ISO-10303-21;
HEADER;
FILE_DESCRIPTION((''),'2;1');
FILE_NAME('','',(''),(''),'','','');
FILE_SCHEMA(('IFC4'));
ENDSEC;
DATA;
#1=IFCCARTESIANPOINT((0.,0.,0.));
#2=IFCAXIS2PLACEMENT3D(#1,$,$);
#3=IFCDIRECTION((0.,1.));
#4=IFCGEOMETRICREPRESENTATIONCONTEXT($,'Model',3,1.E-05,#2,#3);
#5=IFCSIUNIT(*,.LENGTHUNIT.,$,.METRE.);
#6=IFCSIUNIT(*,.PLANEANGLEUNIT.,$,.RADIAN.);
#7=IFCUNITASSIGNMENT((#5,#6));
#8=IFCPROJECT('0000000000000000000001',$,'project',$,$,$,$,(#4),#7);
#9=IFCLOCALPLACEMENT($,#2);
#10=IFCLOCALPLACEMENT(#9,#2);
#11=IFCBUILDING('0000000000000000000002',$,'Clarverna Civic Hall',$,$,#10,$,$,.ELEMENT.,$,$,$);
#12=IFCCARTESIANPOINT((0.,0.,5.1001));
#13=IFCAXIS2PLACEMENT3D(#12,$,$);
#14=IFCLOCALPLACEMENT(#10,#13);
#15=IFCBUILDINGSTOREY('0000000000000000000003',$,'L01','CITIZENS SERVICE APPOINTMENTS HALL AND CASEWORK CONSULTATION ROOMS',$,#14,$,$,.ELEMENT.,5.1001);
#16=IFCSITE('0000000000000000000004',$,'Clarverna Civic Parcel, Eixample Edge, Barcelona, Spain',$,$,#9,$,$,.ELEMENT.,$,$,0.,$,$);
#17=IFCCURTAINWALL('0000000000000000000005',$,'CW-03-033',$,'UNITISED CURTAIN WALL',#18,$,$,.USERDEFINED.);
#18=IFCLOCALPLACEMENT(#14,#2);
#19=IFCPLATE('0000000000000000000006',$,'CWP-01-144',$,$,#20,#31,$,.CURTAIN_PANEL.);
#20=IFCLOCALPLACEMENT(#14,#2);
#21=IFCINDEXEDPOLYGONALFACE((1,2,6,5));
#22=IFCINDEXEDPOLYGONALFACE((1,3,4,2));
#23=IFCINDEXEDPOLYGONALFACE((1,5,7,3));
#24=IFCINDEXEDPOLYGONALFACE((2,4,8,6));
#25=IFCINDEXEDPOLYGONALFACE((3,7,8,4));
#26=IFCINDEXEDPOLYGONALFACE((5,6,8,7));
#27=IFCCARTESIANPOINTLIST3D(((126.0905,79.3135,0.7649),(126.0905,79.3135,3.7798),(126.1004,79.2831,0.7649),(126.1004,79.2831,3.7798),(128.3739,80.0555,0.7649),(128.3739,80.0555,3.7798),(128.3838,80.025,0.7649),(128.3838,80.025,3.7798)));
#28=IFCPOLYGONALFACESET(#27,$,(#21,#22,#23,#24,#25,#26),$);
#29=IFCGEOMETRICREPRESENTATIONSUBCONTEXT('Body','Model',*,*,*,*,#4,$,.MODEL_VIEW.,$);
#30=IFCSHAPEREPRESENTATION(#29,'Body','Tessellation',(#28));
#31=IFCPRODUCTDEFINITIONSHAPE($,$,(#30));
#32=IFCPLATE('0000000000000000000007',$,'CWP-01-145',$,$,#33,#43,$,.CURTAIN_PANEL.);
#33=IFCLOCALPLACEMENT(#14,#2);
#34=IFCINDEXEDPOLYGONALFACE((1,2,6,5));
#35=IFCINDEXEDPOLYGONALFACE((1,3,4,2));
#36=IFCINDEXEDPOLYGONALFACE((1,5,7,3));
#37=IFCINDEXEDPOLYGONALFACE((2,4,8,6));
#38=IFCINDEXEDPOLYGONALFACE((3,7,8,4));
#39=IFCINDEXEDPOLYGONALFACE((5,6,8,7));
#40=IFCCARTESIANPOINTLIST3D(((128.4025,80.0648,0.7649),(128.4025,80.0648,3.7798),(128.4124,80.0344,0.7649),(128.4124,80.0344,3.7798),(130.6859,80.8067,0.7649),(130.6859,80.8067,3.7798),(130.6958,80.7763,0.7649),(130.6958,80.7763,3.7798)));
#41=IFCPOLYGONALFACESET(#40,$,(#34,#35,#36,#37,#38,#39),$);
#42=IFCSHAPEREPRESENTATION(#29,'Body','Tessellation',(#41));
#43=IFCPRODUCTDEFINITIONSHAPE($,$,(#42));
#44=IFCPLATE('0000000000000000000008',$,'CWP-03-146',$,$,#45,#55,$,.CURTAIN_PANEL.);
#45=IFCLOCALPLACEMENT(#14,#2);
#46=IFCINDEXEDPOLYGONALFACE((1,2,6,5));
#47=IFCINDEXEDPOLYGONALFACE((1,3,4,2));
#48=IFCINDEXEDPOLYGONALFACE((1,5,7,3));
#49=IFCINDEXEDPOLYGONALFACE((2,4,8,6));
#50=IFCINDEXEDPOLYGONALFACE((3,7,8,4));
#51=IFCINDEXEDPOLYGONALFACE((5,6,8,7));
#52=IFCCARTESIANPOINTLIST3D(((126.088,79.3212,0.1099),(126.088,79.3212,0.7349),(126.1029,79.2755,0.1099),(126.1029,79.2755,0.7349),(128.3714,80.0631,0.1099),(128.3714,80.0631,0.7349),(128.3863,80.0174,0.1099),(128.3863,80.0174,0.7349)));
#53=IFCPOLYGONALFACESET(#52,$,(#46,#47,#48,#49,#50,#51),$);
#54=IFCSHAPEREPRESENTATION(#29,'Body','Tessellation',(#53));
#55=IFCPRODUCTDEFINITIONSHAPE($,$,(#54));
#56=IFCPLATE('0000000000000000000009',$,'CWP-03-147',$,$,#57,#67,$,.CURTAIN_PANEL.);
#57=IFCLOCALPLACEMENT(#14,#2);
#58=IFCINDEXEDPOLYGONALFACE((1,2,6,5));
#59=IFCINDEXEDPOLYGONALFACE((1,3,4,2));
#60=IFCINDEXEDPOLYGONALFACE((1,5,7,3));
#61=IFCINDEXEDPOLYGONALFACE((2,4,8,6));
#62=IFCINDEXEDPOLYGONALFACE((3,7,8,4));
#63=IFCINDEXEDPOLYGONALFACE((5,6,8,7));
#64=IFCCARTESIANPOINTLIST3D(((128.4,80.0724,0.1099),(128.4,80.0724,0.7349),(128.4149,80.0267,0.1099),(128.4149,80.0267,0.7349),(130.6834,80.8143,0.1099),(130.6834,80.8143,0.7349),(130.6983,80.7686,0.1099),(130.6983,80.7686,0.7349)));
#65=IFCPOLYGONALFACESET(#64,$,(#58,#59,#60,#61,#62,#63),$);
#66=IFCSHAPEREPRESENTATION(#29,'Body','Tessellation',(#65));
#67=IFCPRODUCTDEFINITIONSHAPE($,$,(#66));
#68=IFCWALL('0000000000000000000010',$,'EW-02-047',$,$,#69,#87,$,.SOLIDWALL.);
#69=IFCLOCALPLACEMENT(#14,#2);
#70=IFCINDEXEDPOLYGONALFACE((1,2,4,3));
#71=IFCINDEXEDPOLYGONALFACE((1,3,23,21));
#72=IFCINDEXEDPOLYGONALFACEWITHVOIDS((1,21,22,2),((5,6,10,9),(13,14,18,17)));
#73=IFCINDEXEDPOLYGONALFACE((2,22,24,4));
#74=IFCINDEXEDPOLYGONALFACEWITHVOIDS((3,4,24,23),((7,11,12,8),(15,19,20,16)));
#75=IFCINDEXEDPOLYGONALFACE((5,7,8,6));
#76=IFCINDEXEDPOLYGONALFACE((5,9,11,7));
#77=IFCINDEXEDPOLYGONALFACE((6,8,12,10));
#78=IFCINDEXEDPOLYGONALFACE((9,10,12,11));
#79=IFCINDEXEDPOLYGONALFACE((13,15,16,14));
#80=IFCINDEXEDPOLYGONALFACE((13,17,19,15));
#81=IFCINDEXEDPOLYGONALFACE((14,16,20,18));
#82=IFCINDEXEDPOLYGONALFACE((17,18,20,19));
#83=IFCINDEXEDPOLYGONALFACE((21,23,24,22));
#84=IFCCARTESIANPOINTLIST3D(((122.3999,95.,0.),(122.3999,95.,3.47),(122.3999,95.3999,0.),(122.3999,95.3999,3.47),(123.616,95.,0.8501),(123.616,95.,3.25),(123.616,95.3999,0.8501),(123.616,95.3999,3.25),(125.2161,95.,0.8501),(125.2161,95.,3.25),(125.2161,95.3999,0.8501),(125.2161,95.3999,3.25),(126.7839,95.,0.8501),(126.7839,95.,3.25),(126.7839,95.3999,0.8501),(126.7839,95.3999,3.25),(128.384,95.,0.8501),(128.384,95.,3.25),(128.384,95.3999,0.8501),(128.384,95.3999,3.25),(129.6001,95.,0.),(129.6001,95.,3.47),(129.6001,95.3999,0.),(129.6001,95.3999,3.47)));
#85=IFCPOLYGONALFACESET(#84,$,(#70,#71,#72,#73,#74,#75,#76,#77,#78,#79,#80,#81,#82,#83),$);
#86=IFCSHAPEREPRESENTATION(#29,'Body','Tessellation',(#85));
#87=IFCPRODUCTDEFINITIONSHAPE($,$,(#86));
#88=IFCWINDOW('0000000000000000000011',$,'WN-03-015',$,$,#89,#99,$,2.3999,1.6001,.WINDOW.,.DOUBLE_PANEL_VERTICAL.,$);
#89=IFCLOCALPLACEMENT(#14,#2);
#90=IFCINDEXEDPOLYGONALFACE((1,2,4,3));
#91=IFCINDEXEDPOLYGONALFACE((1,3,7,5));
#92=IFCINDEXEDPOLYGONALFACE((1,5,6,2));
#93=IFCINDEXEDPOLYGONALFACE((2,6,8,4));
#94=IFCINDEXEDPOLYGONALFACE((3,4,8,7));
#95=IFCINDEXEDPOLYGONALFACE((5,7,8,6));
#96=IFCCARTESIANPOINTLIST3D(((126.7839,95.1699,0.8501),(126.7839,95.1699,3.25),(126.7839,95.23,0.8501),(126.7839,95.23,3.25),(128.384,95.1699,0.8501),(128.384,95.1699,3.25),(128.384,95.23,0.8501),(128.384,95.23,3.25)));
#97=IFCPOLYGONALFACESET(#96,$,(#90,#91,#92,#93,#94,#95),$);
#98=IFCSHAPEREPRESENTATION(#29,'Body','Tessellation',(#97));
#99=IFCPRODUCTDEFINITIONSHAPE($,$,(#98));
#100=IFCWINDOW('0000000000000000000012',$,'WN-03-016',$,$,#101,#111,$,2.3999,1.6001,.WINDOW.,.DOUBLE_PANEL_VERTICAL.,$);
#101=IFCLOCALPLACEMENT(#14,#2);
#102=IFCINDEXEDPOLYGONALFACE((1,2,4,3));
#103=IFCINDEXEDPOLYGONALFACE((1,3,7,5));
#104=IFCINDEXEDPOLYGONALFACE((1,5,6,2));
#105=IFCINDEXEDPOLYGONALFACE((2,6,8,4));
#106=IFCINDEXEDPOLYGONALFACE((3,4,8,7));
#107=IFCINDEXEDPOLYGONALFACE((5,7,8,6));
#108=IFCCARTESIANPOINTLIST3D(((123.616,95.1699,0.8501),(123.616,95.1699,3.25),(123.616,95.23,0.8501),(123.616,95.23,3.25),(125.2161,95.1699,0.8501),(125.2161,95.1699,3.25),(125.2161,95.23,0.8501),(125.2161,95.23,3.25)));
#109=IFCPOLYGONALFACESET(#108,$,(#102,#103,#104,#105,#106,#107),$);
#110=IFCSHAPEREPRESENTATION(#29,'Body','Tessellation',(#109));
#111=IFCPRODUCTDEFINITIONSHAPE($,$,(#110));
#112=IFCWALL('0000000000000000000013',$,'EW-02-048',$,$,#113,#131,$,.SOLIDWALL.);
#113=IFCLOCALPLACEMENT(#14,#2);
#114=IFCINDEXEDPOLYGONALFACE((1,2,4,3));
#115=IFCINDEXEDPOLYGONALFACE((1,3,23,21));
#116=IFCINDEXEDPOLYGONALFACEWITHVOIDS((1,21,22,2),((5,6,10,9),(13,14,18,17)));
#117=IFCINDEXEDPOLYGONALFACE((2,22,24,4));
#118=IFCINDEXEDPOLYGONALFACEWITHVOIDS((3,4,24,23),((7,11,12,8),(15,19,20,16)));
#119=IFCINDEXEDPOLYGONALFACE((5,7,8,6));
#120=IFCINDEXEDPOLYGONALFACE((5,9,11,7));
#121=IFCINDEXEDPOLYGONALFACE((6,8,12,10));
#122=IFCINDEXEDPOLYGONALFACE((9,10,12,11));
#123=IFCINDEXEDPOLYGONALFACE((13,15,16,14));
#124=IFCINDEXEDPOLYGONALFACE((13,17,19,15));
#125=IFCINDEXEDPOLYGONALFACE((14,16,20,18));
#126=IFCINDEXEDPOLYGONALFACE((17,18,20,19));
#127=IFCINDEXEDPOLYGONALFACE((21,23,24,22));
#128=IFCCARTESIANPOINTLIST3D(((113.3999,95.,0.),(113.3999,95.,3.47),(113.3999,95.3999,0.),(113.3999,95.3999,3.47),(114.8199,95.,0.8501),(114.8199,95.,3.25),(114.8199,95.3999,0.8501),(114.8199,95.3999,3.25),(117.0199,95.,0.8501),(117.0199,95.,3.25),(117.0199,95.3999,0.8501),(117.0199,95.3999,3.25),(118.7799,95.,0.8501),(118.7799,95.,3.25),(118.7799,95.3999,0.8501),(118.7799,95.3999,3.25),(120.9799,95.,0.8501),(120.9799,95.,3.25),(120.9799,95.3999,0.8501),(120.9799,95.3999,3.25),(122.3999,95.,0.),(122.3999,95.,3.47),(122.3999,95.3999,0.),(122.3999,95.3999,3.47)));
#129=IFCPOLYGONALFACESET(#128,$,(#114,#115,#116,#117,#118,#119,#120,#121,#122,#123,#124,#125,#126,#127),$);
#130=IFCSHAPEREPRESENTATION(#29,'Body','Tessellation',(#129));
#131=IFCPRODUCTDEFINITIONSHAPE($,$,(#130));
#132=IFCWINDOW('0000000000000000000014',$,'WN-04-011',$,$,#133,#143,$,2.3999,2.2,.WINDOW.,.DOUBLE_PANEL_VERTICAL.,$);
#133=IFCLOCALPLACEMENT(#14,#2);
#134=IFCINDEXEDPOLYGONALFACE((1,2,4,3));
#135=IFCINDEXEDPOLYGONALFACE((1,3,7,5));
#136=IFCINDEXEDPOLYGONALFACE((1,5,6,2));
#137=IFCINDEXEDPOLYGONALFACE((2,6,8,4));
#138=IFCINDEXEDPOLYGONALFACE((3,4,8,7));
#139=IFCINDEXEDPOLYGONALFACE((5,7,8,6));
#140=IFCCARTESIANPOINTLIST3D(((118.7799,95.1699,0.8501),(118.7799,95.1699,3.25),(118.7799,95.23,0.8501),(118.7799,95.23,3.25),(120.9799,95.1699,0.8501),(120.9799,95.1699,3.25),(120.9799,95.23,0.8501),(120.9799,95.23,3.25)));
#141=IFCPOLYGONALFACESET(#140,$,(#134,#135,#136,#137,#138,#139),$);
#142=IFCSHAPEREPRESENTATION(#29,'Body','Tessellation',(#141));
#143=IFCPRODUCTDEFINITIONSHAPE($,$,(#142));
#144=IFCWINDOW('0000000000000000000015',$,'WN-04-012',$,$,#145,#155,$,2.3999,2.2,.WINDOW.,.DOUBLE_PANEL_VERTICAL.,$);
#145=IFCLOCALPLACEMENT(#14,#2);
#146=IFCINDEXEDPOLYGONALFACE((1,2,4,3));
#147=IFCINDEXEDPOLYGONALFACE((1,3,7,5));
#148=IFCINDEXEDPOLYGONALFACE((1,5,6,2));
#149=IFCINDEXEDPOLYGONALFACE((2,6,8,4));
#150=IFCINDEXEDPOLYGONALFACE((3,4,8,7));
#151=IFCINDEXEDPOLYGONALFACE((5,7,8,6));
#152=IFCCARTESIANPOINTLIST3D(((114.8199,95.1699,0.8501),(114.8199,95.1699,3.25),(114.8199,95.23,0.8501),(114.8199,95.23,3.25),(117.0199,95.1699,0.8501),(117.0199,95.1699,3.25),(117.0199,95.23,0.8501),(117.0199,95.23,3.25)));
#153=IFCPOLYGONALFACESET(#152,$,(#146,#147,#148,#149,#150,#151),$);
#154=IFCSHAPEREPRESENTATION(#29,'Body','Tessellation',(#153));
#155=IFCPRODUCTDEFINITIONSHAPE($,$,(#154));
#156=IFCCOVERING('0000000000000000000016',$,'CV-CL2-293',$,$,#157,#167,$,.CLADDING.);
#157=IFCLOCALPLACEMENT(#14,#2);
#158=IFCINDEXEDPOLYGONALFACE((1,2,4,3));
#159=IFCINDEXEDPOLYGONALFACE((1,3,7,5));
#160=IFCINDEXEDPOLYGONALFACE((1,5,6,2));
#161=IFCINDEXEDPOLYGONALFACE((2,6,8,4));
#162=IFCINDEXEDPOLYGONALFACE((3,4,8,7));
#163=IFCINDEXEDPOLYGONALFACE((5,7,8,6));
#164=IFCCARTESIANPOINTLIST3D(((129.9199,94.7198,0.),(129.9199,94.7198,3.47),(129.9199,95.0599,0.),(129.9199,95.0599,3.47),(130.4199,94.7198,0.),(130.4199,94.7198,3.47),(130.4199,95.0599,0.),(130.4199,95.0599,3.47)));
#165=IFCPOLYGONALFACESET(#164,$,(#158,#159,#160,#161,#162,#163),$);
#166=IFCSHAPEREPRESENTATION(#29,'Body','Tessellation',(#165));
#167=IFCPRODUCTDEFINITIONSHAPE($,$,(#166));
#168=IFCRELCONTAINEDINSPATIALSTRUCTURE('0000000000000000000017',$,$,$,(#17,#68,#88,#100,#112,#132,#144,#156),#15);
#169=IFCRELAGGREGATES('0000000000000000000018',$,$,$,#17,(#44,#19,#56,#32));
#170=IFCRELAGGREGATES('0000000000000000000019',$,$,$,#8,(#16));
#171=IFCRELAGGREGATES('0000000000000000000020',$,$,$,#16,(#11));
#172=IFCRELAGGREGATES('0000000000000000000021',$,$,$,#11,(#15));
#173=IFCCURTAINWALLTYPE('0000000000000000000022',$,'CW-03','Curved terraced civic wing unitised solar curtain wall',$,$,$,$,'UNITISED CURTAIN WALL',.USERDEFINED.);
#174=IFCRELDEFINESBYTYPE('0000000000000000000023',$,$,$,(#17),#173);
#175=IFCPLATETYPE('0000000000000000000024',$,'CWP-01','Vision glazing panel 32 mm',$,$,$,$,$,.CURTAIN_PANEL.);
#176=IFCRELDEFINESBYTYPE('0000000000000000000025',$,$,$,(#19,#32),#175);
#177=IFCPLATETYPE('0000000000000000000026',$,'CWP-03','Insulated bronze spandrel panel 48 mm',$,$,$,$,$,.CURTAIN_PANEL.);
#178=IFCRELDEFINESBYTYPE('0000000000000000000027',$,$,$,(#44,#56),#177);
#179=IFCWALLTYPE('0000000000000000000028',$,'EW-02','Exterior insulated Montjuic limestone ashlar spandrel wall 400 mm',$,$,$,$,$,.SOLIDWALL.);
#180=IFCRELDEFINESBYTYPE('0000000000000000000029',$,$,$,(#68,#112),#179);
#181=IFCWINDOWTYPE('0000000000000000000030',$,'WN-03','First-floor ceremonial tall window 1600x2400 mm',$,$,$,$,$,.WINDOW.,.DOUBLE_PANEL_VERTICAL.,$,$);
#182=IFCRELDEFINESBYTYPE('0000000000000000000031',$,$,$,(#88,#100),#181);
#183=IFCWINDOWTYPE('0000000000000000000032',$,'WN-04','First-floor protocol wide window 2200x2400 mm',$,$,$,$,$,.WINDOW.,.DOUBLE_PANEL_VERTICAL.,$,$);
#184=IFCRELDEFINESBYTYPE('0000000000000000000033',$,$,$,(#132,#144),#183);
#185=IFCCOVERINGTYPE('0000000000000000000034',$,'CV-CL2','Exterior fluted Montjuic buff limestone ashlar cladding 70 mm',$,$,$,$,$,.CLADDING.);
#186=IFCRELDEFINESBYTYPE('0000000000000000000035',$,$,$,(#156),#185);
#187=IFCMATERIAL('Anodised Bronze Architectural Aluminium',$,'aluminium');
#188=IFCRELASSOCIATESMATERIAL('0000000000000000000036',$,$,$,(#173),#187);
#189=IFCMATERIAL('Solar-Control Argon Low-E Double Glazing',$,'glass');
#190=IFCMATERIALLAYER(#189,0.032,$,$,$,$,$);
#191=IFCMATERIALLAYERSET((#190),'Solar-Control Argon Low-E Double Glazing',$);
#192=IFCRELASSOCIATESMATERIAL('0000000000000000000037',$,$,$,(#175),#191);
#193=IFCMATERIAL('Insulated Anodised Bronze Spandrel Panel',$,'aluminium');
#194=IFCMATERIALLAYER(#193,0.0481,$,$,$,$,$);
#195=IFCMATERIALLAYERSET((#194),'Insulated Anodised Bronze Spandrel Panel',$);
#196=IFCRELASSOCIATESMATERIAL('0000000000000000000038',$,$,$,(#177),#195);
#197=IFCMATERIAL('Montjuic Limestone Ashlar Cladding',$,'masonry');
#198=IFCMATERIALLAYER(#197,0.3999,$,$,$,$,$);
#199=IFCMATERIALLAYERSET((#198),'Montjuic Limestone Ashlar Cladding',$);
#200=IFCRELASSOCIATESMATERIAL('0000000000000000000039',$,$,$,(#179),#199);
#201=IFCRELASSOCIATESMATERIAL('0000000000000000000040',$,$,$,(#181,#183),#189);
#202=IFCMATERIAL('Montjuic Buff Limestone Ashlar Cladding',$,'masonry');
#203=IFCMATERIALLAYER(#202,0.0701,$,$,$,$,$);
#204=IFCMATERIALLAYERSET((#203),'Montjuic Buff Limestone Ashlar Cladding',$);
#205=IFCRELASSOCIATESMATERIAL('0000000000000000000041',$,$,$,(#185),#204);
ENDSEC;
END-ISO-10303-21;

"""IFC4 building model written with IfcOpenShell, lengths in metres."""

from ifc_helpers import new_model, si_unit, direction, frame, frame_2d, origin, place, context, subcontext, project, spatial, rectangle, extrude, material, layer, layer_set, type_object, element, fill, aggregate, save


model = new_model("IFC4")

# Units and contexts
model_context = context("Model", 3, precision=1e-05, world=origin(), true_north=direction((0.0, 1.0)))
body_context = subcontext(model_context, "Body", "Model", "MODEL_VIEW")
ifc_project = project(units=[si_unit("LENGTHUNIT", "METRE"), si_unit("PLANEANGLEUNIT", "RADIAN")], contexts=[model_context])

# Site, building, storey
site_placement = place(None, origin())
site = spatial("IfcSite", under=ifc_project, at=site_placement, Name="Clarverna Civic Parcel, Eixample Edge, Barcelona, Spain", CompositionType="ELEMENT", RefElevation=0.0)
building_placement = place(site_placement, origin())
building = spatial("IfcBuilding", under=site, at=building_placement, Name="Clarverna Civic Hall", CompositionType="ELEMENT")
storey_placement = place(building_placement, frame((0.0, 0.0, 5.1001)))
storey = spatial("IfcBuildingStorey", under=building, at=storey_placement, Name="L01", Description="CITIZENS SERVICE APPOINTMENTS HALL AND CASEWORK CONSULTATION ROOMS", CompositionType="ELEMENT", Elevation=5.1001)

# Curtain wall
ifc_material_1 = material(Name="Anodised Bronze Architectural Aluminium", Category="aluminium")
curtain_wall_type = type_object("IfcCurtainWallType", Name="CW-03", Description="Curved terraced civic wing unitised solar curtain wall", ElementType="UNITISED CURTAIN WALL", PredefinedType="USERDEFINED", material=ifc_material_1)
curtain_wall_1_placement = place(storey_placement, origin())
curtain_wall_1 = element("IfcCurtainWall", 1, at=curtain_wall_1_placement, inside=storey, type_object=curtain_wall_type, Name="CW-03-033", ObjectType="UNITISED CURTAIN WALL", PredefinedType="USERDEFINED")

# Plates
ifc_material_2 = material(Name="Solar-Control Argon Low-E Double Glazing", Category="glass")
ifc_layer_1 = layer(ifc_material_2, 0.032)
ifc_layer_set_1 = layer_set([ifc_layer_1], Name="Solar-Control Argon Low-E Double Glazing")
plate_type_1 = type_object("IfcPlateType", Name="CWP-01", Description="Vision glazing panel 32 mm", PredefinedType="CURTAIN_PANEL", material=ifc_layer_set_1)
plate_1_placement = place(storey_placement, frame((126.0955, 79.2983, 0.7649), z_axis=(0.0, 0.0, 1.0), x_axis=(0.951056, 0.309019, 0.0)))
plate_1 = element("IfcPlate", 2, at=plate_1_placement, type_object=plate_type_1, Name="CWP-01-144", PredefinedType="CURTAIN_PANEL", context=body_context, shape_type="SweptSolid", body=[
    extrude(rectangle(XDim=2.4009, YDim=0.032, at=frame_2d((1.2004, 0.0))), origin(), (0.0, 0.0, 1.0), 3.0149),
])
plate_2_placement = place(storey_placement, frame((128.4075, 80.0496, 0.7649), z_axis=(0.0, 0.0, 1.0), x_axis=(0.951056, 0.309019, 0.0)))
plate_2 = element("IfcPlate", 3, at=plate_2_placement, type_object=plate_type_1, Name="CWP-01-145", PredefinedType="CURTAIN_PANEL", context=body_context, shape_type="SweptSolid", body=[
    extrude(rectangle(XDim=2.4009, YDim=0.032, at=frame_2d((1.2004, 0.0))), origin(), (0.0, 0.0, 1.0), 3.0149),
])
ifc_material_3 = material(Name="Insulated Anodised Bronze Spandrel Panel", Category="aluminium")
ifc_layer_2 = layer(ifc_material_3, 0.0481)
ifc_layer_set_2 = layer_set([ifc_layer_2], Name="Insulated Anodised Bronze Spandrel Panel")
plate_type_2 = type_object("IfcPlateType", Name="CWP-03", Description="Insulated bronze spandrel panel 48 mm", PredefinedType="CURTAIN_PANEL", material=ifc_layer_set_2)
plate_3_placement = place(storey_placement, frame((126.0955, 79.2983, 0.1099), z_axis=(0.0, 0.0, 1.0), x_axis=(0.951056, 0.309019, 0.0)))
plate_3 = element("IfcPlate", 4, at=plate_3_placement, type_object=plate_type_2, Name="CWP-03-146", PredefinedType="CURTAIN_PANEL", context=body_context, shape_type="SweptSolid", body=[
    extrude(rectangle(XDim=2.4009, YDim=0.0481, at=frame_2d((1.2004, 0.0))), origin(), (0.0, 0.0, 1.0), 0.625),
])
plate_4_placement = place(storey_placement, frame((128.4075, 80.0496, 0.1099), z_axis=(0.0, 0.0, 1.0), x_axis=(0.951056, 0.309019, 0.0)))
plate_4 = element("IfcPlate", 5, at=plate_4_placement, type_object=plate_type_2, Name="CWP-03-147", PredefinedType="CURTAIN_PANEL", context=body_context, shape_type="SweptSolid", body=[
    extrude(rectangle(XDim=2.4009, YDim=0.0481, at=frame_2d((1.2004, 0.0))), origin(), (0.0, 0.0, 1.0), 0.625),
])
aggregate(curtain_wall_1, [plate_3, plate_1, plate_4, plate_2])

# Walls, openings, windows
ifc_material_4 = material(Name="Montjuic Limestone Ashlar Cladding", Category="masonry")
ifc_layer_3 = layer(ifc_material_4, 0.3999)
ifc_layer_set_3 = layer_set([ifc_layer_3], Name="Montjuic Limestone Ashlar Cladding")
wall_type = type_object("IfcWallType", Name="EW-02", Description="Exterior insulated Montjuic limestone ashlar spandrel wall 400 mm", PredefinedType="SOLIDWALL", material=ifc_layer_set_3)
wall_1_placement = place(storey_placement, frame((129.6001, 95.2, 0.0), z_axis=(0.0, 0.0, 1.0), x_axis=(-1.0, 0.0, 0.0)))
wall_1 = element("IfcWall", 6, at=wall_1_placement, inside=storey, type_object=wall_type, Name="EW-02-047", PredefinedType="SOLIDWALL", context=body_context, shape_type="SweptSolid", body=[
    extrude(rectangle(XDim=7.2002, YDim=0.3999, at=frame_2d((3.6001, 0.0))), origin(), (0.0, 0.0, 1.0), 3.47),
])
opening_1_placement = place(wall_1_placement, frame((1.2161, 0.0, 0.8501)))
opening_1 = element("IfcOpeningElement", 7, at=opening_1_placement, cuts=wall_1, PredefinedType="OPENING", context=body_context, shape_type="SweptSolid", body=[
    extrude(rectangle(XDim=1.6001, YDim=2.3999, at=frame_2d((0.8, 1.2))), frame((0.0, 0.21, 0.0), z_axis=(0.0, -1.0, 0.0), x_axis=(1.0, 0.0, 0.0)), (0.0, 0.0, 1.0), 0.4199),
])
opening_2_placement = place(wall_1_placement, frame((4.384, 0.0, 0.8501)))
opening_2 = element("IfcOpeningElement", 8, at=opening_2_placement, cuts=wall_1, PredefinedType="OPENING", context=body_context, shape_type="SweptSolid", body=[
    extrude(rectangle(XDim=1.6001, YDim=2.3999, at=frame_2d((0.8, 1.2))), frame((0.0, 0.21, 0.0), z_axis=(0.0, -1.0, 0.0), x_axis=(1.0, 0.0, 0.0)), (0.0, 0.0, 1.0), 0.4199),
])
window_type_1 = type_object("IfcWindowType", Name="WN-03", Description="First-floor ceremonial tall window 1600x2400 mm", PartitioningType="DOUBLE_PANEL_VERTICAL", PredefinedType="WINDOW", material=ifc_material_2)
window_1_placement = place(opening_1_placement, origin())
window_1 = element("IfcWindow", 9, at=window_1_placement, inside=storey, type_object=window_type_1, Name="WN-03-015", OverallHeight=2.3999, OverallWidth=1.6001, PartitioningType="DOUBLE_PANEL_VERTICAL", PredefinedType="WINDOW", context=body_context, shape_type="SweptSolid", body=[
    extrude(rectangle(XDim=1.6001, YDim=2.3999, at=frame_2d((0.8, 1.2))), frame((0.0, 0.03, 0.0), z_axis=(0.0, -1.0, 0.0), x_axis=(1.0, 0.0, 0.0)), (0.0, 0.0, 1.0), 0.0601),
])
fill(opening_1, window_1)
window_2_placement = place(opening_2_placement, origin())
window_2 = element("IfcWindow", 10, at=window_2_placement, inside=storey, type_object=window_type_1, Name="WN-03-016", OverallHeight=2.3999, OverallWidth=1.6001, PartitioningType="DOUBLE_PANEL_VERTICAL", PredefinedType="WINDOW", context=body_context, shape_type="SweptSolid", body=[
    extrude(rectangle(XDim=1.6001, YDim=2.3999, at=frame_2d((0.8, 1.2))), frame((0.0, 0.03, 0.0), z_axis=(0.0, -1.0, 0.0), x_axis=(1.0, 0.0, 0.0)), (0.0, 0.0, 1.0), 0.0601),
])
fill(opening_2, window_2)
wall_2_placement = place(storey_placement, frame((122.3999, 95.2, 0.0), z_axis=(0.0, 0.0, 1.0), x_axis=(-1.0, 0.0, 0.0)))
wall_2 = element("IfcWall", 11, at=wall_2_placement, inside=storey, type_object=wall_type, Name="EW-02-048", PredefinedType="SOLIDWALL", context=body_context, shape_type="SweptSolid", body=[
    extrude(rectangle(XDim=9.0, YDim=0.3999, at=frame_2d((4.5, 0.0))), origin(), (0.0, 0.0, 1.0), 3.47),
])
opening_3_placement = place(wall_2_placement, frame((1.4199, 0.0, 0.8501)))
opening_3 = element("IfcOpeningElement", 12, at=opening_3_placement, cuts=wall_2, PredefinedType="OPENING", context=body_context, shape_type="SweptSolid", body=[
    extrude(rectangle(XDim=2.2, YDim=2.3999, at=frame_2d((1.1001, 1.2))), frame((0.0, 0.21, 0.0), z_axis=(0.0, -1.0, 0.0), x_axis=(1.0, 0.0, 0.0)), (0.0, 0.0, 1.0), 0.4199),
])
opening_4_placement = place(wall_2_placement, frame((5.3799, 0.0, 0.8501)))
opening_4 = element("IfcOpeningElement", 13, at=opening_4_placement, cuts=wall_2, PredefinedType="OPENING", context=body_context, shape_type="SweptSolid", body=[
    extrude(rectangle(XDim=2.2, YDim=2.3999, at=frame_2d((1.1001, 1.2))), frame((0.0, 0.21, 0.0), z_axis=(0.0, -1.0, 0.0), x_axis=(1.0, 0.0, 0.0)), (0.0, 0.0, 1.0), 0.4199),
])
window_type_2 = type_object("IfcWindowType", Name="WN-04", Description="First-floor protocol wide window 2200x2400 mm", PartitioningType="DOUBLE_PANEL_VERTICAL", PredefinedType="WINDOW", material=ifc_material_2)
window_3_placement = place(opening_3_placement, origin())
window_3 = element("IfcWindow", 14, at=window_3_placement, inside=storey, type_object=window_type_2, Name="WN-04-011", OverallHeight=2.3999, OverallWidth=2.2, PartitioningType="DOUBLE_PANEL_VERTICAL", PredefinedType="WINDOW", context=body_context, shape_type="SweptSolid", body=[
    extrude(rectangle(XDim=2.2, YDim=2.3999, at=frame_2d((1.1001, 1.2))), frame((0.0, 0.03, 0.0), z_axis=(0.0, -1.0, 0.0), x_axis=(1.0, 0.0, 0.0)), (0.0, 0.0, 1.0), 0.0601),
])
fill(opening_3, window_3)
window_4_placement = place(opening_4_placement, origin())
window_4 = element("IfcWindow", 15, at=window_4_placement, inside=storey, type_object=window_type_2, Name="WN-04-012", OverallHeight=2.3999, OverallWidth=2.2, PartitioningType="DOUBLE_PANEL_VERTICAL", PredefinedType="WINDOW", context=body_context, shape_type="SweptSolid", body=[
    extrude(rectangle(XDim=2.2, YDim=2.3999, at=frame_2d((1.1001, 1.2))), frame((0.0, 0.03, 0.0), z_axis=(0.0, -1.0, 0.0), x_axis=(1.0, 0.0, 0.0)), (0.0, 0.0, 1.0), 0.0601),
])
fill(opening_4, window_4)

# Covering
ifc_material_5 = material(Name="Montjuic Buff Limestone Ashlar Cladding", Category="masonry")
ifc_layer_4 = layer(ifc_material_5, 0.0701)
ifc_layer_set_4 = layer_set([ifc_layer_4], Name="Montjuic Buff Limestone Ashlar Cladding")
covering_type = type_object("IfcCoveringType", Name="CV-CL2", Description="Exterior fluted Montjuic buff limestone ashlar cladding 70 mm", PredefinedType="CLADDING", material=ifc_layer_set_4)
covering_1_placement = place(storey_placement, frame((130.4199, 94.8899, 0.0), z_axis=(0.0, 0.0, 1.0), x_axis=(-1.0, 0.0, 0.0)))
element("IfcCovering", 16, at=covering_1_placement, inside=storey, type_object=covering_type, Name="CV-CL2-293", PredefinedType="CLADDING", context=body_context, shape_type="SweptSolid", body=[
    extrude(rectangle(XDim=0.5, YDim=0.3401, at=frame_2d((0.25, 0.0))), origin(), (0.0, 0.0, 1.0), 3.47),
])

save(model, "model.ifc")
